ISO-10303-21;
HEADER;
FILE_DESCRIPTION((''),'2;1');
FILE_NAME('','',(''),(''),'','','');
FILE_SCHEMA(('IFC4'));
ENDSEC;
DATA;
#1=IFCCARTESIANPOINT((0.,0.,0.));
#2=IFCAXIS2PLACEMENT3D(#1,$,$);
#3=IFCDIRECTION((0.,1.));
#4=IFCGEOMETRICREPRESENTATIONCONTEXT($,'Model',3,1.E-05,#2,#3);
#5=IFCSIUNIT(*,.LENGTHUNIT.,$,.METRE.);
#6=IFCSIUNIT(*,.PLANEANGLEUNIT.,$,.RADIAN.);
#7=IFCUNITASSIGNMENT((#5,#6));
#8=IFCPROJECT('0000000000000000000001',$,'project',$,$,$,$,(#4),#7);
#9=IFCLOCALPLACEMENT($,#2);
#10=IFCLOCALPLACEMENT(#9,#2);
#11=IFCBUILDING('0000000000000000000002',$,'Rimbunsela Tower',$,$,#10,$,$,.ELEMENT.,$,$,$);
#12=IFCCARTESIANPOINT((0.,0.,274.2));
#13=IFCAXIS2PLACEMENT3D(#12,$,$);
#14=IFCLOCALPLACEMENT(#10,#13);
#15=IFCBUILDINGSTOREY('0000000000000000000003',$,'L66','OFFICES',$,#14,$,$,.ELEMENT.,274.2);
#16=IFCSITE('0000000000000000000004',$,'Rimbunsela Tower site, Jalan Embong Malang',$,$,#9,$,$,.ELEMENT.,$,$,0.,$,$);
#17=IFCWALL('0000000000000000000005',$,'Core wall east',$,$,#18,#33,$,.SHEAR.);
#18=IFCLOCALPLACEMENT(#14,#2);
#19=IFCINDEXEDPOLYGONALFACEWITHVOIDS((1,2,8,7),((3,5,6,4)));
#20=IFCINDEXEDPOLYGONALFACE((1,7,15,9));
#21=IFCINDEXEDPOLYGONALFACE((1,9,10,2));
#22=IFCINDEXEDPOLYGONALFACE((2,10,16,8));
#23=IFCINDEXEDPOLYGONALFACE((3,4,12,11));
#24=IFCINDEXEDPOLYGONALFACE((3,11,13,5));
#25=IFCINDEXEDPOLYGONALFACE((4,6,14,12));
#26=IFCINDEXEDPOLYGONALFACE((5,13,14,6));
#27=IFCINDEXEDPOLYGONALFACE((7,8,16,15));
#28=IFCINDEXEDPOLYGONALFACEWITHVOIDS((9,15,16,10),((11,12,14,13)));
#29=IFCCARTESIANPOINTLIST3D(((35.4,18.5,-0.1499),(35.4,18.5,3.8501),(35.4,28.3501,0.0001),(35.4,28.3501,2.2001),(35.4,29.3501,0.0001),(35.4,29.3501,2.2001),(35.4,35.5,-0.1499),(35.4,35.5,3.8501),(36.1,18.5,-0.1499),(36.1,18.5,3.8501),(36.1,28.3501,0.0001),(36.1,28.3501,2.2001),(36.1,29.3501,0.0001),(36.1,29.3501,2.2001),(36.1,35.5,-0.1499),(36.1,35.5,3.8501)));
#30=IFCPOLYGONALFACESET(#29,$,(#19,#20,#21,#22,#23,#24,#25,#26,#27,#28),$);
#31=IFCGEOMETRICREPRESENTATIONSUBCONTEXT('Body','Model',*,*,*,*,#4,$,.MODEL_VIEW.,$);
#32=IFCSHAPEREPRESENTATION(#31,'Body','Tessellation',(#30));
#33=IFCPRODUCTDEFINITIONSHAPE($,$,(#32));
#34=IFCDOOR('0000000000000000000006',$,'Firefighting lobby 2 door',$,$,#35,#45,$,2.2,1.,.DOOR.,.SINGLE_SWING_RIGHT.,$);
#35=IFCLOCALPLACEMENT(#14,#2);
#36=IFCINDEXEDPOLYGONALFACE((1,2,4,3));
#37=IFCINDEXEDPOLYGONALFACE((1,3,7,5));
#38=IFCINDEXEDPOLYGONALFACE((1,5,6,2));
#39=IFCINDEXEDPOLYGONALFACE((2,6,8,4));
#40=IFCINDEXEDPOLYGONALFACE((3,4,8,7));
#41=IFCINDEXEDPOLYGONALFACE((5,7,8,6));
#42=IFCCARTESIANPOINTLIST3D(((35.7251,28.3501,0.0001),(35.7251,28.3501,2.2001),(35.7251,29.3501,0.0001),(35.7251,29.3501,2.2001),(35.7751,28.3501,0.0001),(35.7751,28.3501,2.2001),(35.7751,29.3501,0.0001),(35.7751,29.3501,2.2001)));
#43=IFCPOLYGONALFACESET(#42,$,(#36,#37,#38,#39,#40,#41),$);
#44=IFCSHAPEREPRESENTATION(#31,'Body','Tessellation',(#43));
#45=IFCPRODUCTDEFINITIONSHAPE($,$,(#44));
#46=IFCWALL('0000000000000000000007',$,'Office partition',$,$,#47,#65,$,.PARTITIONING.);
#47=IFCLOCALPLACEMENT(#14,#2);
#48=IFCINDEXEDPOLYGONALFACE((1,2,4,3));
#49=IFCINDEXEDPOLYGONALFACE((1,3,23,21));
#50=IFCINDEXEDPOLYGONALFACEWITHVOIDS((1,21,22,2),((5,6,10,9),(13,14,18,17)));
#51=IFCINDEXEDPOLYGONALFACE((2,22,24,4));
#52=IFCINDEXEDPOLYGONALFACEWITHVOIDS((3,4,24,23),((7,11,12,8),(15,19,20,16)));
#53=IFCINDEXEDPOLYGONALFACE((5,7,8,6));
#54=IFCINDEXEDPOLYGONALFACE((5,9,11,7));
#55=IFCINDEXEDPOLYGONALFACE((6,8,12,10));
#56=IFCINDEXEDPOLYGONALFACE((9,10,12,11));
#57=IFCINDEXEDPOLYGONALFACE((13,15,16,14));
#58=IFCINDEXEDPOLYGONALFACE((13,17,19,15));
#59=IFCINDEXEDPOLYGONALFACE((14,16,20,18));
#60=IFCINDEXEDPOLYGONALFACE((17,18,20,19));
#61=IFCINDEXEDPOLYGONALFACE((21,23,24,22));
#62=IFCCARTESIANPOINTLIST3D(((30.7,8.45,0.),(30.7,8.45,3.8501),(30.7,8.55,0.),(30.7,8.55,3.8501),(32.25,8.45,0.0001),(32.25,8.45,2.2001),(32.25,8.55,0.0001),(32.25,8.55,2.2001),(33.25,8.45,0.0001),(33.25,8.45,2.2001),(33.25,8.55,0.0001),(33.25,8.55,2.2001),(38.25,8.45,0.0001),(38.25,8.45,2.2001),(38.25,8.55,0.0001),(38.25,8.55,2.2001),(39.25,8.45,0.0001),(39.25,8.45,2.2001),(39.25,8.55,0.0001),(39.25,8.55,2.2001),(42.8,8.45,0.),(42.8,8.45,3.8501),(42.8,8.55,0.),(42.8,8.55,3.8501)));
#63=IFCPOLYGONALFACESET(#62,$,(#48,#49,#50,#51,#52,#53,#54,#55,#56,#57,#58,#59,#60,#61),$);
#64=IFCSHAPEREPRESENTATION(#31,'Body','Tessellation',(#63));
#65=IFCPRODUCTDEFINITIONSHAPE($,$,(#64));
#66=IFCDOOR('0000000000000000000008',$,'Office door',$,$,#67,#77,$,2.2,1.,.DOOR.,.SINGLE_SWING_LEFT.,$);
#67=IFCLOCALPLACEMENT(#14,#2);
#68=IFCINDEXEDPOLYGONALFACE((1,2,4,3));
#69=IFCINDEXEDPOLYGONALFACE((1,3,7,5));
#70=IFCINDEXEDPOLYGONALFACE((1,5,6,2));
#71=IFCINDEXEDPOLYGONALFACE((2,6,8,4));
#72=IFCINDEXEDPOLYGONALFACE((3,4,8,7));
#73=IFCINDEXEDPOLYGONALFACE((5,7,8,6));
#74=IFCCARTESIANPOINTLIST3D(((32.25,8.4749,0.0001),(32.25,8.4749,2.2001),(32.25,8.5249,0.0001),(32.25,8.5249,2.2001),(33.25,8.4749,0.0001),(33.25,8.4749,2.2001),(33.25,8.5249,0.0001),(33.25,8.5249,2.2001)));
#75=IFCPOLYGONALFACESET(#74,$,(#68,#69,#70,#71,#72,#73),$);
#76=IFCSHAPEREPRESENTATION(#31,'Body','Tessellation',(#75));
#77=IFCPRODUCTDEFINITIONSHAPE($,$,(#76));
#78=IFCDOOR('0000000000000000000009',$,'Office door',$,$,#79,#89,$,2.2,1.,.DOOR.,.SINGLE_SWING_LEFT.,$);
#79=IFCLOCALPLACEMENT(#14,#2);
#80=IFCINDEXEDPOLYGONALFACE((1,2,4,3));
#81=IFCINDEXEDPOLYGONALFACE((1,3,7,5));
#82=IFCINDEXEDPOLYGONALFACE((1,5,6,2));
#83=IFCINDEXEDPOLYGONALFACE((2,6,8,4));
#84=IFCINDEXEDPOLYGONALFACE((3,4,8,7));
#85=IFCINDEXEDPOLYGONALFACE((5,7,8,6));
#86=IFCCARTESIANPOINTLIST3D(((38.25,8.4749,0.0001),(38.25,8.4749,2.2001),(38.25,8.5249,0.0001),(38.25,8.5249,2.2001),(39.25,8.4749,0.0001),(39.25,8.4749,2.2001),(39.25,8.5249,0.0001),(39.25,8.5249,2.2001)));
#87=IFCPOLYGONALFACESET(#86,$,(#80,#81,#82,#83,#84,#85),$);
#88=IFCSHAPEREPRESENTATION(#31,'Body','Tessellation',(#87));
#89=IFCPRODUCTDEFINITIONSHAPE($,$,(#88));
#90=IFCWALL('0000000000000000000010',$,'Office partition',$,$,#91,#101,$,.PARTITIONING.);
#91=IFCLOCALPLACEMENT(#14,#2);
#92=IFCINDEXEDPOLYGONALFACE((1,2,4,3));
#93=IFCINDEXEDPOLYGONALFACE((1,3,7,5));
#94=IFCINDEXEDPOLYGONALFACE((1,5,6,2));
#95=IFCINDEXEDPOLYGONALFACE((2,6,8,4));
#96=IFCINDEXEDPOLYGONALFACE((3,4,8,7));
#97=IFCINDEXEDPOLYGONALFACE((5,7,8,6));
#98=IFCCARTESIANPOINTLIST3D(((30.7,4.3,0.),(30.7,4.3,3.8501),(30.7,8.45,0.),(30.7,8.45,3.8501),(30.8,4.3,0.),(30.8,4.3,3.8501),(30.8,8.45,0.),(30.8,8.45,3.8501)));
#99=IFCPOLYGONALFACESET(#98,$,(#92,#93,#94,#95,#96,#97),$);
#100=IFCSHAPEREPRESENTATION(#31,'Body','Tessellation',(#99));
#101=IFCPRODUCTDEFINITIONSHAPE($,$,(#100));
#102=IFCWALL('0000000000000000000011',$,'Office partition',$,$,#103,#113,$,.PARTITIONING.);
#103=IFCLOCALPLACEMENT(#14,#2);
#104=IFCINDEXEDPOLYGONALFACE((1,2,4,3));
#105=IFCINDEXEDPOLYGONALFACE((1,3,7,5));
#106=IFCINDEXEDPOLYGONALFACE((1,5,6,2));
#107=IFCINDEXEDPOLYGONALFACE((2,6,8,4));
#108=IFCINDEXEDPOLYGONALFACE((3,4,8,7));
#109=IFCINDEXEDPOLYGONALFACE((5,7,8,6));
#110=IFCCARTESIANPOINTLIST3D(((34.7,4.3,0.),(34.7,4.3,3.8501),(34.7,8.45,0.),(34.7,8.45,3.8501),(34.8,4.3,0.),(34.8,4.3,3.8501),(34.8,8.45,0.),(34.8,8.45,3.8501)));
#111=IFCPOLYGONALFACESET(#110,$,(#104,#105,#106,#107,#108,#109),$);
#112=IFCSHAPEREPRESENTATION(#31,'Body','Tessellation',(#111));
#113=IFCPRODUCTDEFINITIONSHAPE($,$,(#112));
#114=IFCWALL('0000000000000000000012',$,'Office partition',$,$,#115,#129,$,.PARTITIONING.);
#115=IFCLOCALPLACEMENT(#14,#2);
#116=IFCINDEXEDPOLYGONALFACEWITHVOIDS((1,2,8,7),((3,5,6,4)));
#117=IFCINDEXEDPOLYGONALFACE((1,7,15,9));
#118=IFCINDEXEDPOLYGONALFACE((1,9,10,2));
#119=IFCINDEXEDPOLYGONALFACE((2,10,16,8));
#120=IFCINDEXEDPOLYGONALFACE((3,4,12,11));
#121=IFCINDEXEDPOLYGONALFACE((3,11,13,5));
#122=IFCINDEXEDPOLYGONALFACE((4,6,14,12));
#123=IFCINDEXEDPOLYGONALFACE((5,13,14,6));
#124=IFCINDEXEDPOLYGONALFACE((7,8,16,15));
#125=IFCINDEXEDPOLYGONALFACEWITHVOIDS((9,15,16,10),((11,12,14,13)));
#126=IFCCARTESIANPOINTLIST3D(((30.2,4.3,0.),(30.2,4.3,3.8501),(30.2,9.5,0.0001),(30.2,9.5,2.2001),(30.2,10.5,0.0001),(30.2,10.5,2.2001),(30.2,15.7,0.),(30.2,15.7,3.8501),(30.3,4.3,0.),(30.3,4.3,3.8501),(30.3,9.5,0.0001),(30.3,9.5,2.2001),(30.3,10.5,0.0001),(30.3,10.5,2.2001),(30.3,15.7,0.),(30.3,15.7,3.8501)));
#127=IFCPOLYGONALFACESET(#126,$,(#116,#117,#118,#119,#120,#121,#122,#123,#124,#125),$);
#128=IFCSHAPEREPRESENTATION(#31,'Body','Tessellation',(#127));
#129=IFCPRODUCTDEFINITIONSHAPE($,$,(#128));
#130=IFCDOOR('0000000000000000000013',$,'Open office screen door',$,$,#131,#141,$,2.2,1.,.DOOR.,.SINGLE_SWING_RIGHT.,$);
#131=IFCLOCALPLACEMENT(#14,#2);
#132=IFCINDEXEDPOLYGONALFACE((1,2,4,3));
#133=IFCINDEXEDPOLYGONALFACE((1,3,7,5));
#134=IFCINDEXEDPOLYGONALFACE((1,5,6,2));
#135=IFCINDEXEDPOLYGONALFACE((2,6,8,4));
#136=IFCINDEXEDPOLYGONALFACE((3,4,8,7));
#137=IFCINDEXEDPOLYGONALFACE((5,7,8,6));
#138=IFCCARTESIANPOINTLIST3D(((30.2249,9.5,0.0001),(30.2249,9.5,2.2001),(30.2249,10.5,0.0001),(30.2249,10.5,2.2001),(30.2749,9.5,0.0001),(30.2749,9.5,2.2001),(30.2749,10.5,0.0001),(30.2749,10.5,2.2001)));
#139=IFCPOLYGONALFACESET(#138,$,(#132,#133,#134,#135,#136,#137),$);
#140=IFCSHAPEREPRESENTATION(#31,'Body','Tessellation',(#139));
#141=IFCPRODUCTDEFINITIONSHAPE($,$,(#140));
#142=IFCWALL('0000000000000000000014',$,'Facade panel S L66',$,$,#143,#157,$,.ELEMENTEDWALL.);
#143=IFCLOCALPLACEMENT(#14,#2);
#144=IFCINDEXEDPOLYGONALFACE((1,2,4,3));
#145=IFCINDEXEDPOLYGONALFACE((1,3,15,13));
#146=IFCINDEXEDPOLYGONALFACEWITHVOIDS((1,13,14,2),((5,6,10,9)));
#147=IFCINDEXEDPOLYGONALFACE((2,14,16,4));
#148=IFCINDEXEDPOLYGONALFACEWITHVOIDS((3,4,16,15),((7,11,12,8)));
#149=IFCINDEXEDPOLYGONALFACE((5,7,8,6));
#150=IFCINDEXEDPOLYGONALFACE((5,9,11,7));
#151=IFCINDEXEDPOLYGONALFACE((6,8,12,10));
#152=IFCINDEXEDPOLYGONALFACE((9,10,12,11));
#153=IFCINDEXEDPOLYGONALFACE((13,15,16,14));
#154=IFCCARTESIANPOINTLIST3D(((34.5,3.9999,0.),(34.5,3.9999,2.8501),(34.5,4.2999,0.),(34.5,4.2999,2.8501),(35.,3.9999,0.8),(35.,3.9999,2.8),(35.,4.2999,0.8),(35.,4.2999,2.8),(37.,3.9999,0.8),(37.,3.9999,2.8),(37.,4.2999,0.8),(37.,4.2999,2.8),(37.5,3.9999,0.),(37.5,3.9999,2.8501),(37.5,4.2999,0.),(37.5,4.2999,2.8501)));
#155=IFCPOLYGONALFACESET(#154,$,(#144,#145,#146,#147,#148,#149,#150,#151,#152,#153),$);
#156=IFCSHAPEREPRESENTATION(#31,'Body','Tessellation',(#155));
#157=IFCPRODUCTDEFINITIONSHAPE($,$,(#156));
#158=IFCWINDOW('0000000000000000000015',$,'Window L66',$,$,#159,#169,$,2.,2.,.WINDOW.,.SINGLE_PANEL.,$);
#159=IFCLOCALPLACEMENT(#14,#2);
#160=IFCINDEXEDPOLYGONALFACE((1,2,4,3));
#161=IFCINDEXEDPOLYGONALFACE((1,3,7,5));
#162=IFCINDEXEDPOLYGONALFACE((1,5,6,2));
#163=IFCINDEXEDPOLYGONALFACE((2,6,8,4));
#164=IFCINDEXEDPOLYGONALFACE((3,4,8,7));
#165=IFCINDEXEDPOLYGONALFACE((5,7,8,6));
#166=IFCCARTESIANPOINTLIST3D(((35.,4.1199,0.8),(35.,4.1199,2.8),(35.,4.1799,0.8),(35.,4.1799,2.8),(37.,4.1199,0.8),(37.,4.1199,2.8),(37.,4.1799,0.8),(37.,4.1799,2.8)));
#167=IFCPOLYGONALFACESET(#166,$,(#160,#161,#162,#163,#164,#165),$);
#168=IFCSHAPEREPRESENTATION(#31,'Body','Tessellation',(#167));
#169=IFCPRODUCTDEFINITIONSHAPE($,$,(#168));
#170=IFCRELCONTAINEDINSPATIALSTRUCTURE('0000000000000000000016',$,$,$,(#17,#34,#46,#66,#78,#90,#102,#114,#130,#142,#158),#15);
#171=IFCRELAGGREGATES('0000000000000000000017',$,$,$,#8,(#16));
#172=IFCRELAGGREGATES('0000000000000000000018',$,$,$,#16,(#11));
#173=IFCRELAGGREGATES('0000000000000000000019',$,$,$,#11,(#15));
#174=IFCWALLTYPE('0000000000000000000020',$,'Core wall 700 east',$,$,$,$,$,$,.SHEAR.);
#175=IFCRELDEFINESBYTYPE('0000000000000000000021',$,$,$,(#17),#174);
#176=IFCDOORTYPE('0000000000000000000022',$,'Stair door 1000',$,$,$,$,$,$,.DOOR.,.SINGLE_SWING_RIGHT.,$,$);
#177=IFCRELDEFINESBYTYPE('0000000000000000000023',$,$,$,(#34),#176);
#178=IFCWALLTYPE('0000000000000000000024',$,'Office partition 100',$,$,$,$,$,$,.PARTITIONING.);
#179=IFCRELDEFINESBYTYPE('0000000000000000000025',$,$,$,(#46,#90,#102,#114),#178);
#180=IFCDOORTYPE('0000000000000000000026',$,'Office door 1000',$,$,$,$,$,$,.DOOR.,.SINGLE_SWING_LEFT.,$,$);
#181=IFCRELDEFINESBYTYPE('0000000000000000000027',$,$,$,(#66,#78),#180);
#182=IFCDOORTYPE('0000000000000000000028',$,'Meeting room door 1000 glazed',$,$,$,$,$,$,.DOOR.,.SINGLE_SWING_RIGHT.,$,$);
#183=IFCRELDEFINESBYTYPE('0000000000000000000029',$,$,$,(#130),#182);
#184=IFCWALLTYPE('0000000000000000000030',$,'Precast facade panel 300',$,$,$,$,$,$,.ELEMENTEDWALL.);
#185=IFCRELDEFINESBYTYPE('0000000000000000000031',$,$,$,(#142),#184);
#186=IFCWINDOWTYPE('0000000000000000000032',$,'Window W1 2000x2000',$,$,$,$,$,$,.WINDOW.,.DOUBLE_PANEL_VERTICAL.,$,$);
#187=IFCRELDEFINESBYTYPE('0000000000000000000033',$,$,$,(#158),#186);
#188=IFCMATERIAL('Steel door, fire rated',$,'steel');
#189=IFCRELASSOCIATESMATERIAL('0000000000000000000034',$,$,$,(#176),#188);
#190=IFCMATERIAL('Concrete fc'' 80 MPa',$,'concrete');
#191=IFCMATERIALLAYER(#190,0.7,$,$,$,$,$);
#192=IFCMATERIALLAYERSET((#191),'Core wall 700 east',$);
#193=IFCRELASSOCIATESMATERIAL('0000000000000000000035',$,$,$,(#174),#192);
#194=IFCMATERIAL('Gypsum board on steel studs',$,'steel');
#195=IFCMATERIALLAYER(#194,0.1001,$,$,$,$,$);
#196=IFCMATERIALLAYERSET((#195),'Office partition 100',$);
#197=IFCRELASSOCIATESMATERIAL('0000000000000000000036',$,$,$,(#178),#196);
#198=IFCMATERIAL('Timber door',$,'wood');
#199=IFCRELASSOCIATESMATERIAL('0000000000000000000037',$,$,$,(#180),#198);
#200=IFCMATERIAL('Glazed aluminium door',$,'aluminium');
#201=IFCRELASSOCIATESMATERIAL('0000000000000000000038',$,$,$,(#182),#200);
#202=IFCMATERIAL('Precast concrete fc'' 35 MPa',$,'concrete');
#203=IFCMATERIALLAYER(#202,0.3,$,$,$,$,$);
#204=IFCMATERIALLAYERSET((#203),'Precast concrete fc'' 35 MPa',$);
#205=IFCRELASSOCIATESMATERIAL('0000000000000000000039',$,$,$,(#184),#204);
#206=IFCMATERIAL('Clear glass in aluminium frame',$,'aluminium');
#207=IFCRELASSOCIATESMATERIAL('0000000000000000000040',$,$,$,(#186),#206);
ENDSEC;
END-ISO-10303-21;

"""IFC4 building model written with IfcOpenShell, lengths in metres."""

from ifc_helpers import new_model, si_unit, direction, frame, frame_2d, origin, place, context, subcontext, project, spatial, rectangle, extrude, material, layer, layer_set, type_object, element, fill, save


model = new_model("IFC4")

# Units and contexts
model_context = context("Model", 3, precision=1e-05, world=origin(), true_north=direction((0.0, 1.0)))
body_context = subcontext(model_context, "Body", "Model", "MODEL_VIEW")
ifc_project = project(units=[si_unit("LENGTHUNIT", "METRE"), si_unit("PLANEANGLEUNIT", "RADIAN")], contexts=[model_context])

# Site, building, storey
site_placement = place(None, origin())
site = spatial("IfcSite", under=ifc_project, at=site_placement, Name="Rimbunsela Tower site, Jalan Embong Malang", CompositionType="ELEMENT", RefElevation=0.0)
building_placement = place(site_placement, origin())
building = spatial("IfcBuilding", under=site, at=building_placement, Name="Rimbunsela Tower", CompositionType="ELEMENT")
storey_placement = place(building_placement, frame((0.0, 0.0, 274.2)))
storey = spatial("IfcBuildingStorey", under=building, at=storey_placement, Name="L66", Description="OFFICES", CompositionType="ELEMENT", Elevation=274.2)

# Shared definitions
ifc_material_1 = material(Name="Steel door, fire rated", Category="steel")
door_type_1 = type_object("IfcDoorType", Name="Stair door 1000", OperationType="SINGLE_SWING_RIGHT", PredefinedType="DOOR", material=ifc_material_1)

# Wall, opening, door
ifc_material_2 = material(Name="Concrete fc' 80 MPa", Category="concrete")
ifc_layer_1 = layer(ifc_material_2, 0.7)
ifc_layer_set_1 = layer_set([ifc_layer_1], Name="Core wall 700 east")
wall_type_1 = type_object("IfcWallType", Name="Core wall 700 east", PredefinedType="SHEAR", material=ifc_layer_set_1)
wall_1_placement = place(storey_placement, frame((35.75, 18.5, -0.1499), z_axis=(0.0, 0.0, 1.0), x_axis=(0.0, 1.0, 0.0)))
wall_1 = element("IfcWall", 1, at=wall_1_placement, inside=storey, type_object=wall_type_1, Name="Core wall east", PredefinedType="SHEAR", context=body_context, shape_type="SweptSolid", body=[
    extrude(rectangle(XDim=17.0, YDim=0.7, at=frame_2d((8.5, 0.0))), origin(), (0.0, 0.0, 1.0), 4.0),
])
opening_1_placement = place(wall_1_placement, frame((9.8501, 0.0, 0.1499)))
opening_1 = element("IfcOpeningElement", 2, at=opening_1_placement, cuts=wall_1, PredefinedType="OPENING", context=body_context, shape_type="SweptSolid", body=[
    extrude(rectangle(XDim=1.0, YDim=2.2, at=frame_2d((0.5, 1.1001))), frame((0.0, 0.3599, 0.0), z_axis=(0.0, -1.0, 0.0), x_axis=(1.0, 0.0, 0.0)), (0.0, 0.0, 1.0), 0.72),
])
door_1_placement = place(opening_1_placement, origin())
door_1 = element("IfcDoor", 3, at=door_1_placement, inside=storey, type_object=door_type_1, Name="Firefighting lobby 2 door", OperationType="SINGLE_SWING_RIGHT", OverallHeight=2.2, OverallWidth=1.0, PredefinedType="DOOR", context=body_context, shape_type="SweptSolid", body=[
    extrude(rectangle(XDim=1.0, YDim=2.2, at=frame_2d((0.5, 1.1001))), frame((0.0, 0.0249, 0.0), z_axis=(0.0, -1.0, 0.0), x_axis=(1.0, 0.0, 0.0)), (0.0, 0.0, 1.0), 0.05),
])
fill(opening_1, door_1)

# Wall, openings, doors
ifc_material_3 = material(Name="Gypsum board on steel studs", Category="steel")
ifc_layer_2 = layer(ifc_material_3, 0.1001)
ifc_layer_set_2 = layer_set([ifc_layer_2], Name="Office partition 100")
wall_type_2 = type_object("IfcWallType", Name="Office partition 100", PredefinedType="PARTITIONING", material=ifc_layer_set_2)
wall_2_placement = place(storey_placement, frame((30.7, 8.5, 0.0), z_axis=(0.0, 0.0, 1.0), x_axis=(1.0, 0.0, 0.0)))
wall_2 = element("IfcWall", 4, at=wall_2_placement, inside=storey, type_object=wall_type_2, Name="Office partition", PredefinedType="PARTITIONING", context=body_context, shape_type="SweptSolid", body=[
    extrude(rectangle(XDim=12.1001, YDim=0.1001, at=frame_2d((6.05, 0.0))), origin(), (0.0, 0.0, 1.0), 3.8501),
])
opening_2_placement = place(wall_2_placement, frame((1.55, 0.0, 0.0)))
opening_2 = element("IfcOpeningElement", 5, at=opening_2_placement, cuts=wall_2, PredefinedType="OPENING", context=body_context, shape_type="SweptSolid", body=[
    extrude(rectangle(XDim=1.0, YDim=2.2, at=frame_2d((0.5, 1.1001))), frame((0.0, 0.0601, 0.0), z_axis=(0.0, -1.0, 0.0), x_axis=(1.0, 0.0, 0.0)), (0.0, 0.0, 1.0), 0.1201),
])
opening_3_placement = place(wall_2_placement, frame((7.55, 0.0, 0.0)))
opening_3 = element("IfcOpeningElement", 6, at=opening_3_placement, cuts=wall_2, PredefinedType="OPENING", context=body_context, shape_type="SweptSolid", body=[
    extrude(rectangle(XDim=1.0, YDim=2.2, at=frame_2d((0.5, 1.1001))), frame((0.0, 0.0601, 0.0), z_axis=(0.0, -1.0, 0.0), x_axis=(1.0, 0.0, 0.0)), (0.0, 0.0, 1.0), 0.1201),
])
ifc_material_4 = material(Name="Timber door", Category="wood")
door_type_2 = type_object("IfcDoorType", Name="Office door 1000", OperationType="SINGLE_SWING_LEFT", PredefinedType="DOOR", material=ifc_material_4)
door_2_placement = place(opening_2_placement, origin())
door_2 = element("IfcDoor", 7, at=door_2_placement, inside=storey, type_object=door_type_2, Name="Office door", OperationType="SINGLE_SWING_LEFT", OverallHeight=2.2, OverallWidth=1.0, PredefinedType="DOOR", context=body_context, shape_type="SweptSolid", body=[
    extrude(rectangle(XDim=1.0, YDim=2.2, at=frame_2d((0.5, 1.1001))), frame((0.0, 0.0249, 0.0), z_axis=(0.0, -1.0, 0.0), x_axis=(1.0, 0.0, 0.0)), (0.0, 0.0, 1.0), 0.05),
])
fill(opening_2, door_2)
door_3_placement = place(opening_3_placement, origin())
door_3 = element("IfcDoor", 8, at=door_3_placement, inside=storey, type_object=door_type_2, Name="Office door", OperationType="SINGLE_SWING_LEFT", OverallHeight=2.2, OverallWidth=1.0, PredefinedType="DOOR", context=body_context, shape_type="SweptSolid", body=[
    extrude(rectangle(XDim=1.0, YDim=2.2, at=frame_2d((0.5, 1.1001))), frame((0.0, 0.0249, 0.0), z_axis=(0.0, -1.0, 0.0), x_axis=(1.0, 0.0, 0.0)), (0.0, 0.0, 1.0), 0.05),
])
fill(opening_3, door_3)

# Walls
for number, where, z_axis, x_axis, name in (
    (9, (30.75, 4.3, 0.0), (0.0, 0.0, 1.0), (0.0, 1.0, 0.0), "Office partition"),
    (10, (34.75, 4.3, 0.0), (0.0, 0.0, 1.0), (0.0, 1.0, 0.0), "Office partition"),
):
    element("IfcWall", number, at=place(storey_placement, frame(where, z_axis=z_axis, x_axis=x_axis)), inside=storey, type_object=wall_type_2, Name=name, PredefinedType="PARTITIONING", context=body_context, shape_type="SweptSolid", body=[
        extrude(rectangle(XDim=4.1499, YDim=0.1001, at=frame_2d((2.075, 0.0))), origin(), (0.0, 0.0, 1.0), 3.8501),
    ])

# Wall, opening, door
wall_3_placement = place(storey_placement, frame((30.25, 15.7, 0.0), z_axis=(0.0, 0.0, 1.0), x_axis=(0.0, -1.0, 0.0)))
wall_3 = element("IfcWall", 11, at=wall_3_placement, inside=storey, type_object=wall_type_2, Name="Office partition", PredefinedType="PARTITIONING", context=body_context, shape_type="SweptSolid", body=[
    extrude(rectangle(XDim=11.3999, YDim=0.1001, at=frame_2d((5.7, 0.0))), origin(), (0.0, 0.0, 1.0), 3.8501),
])
opening_4_placement = place(wall_3_placement, frame((5.2, 0.0, 0.0)))
opening_4 = element("IfcOpeningElement", 12, at=opening_4_placement, cuts=wall_3, PredefinedType="OPENING", context=body_context, shape_type="SweptSolid", body=[
    extrude(rectangle(XDim=1.0, YDim=2.2, at=frame_2d((0.5, 1.1001))), frame((0.0, 0.0601, 0.0), z_axis=(0.0, -1.0, 0.0), x_axis=(1.0, 0.0, 0.0)), (0.0, 0.0, 1.0), 0.1201),
])
ifc_material_5 = material(Name="Glazed aluminium door", Category="aluminium")
door_type_3 = type_object("IfcDoorType", Name="Meeting room door 1000 glazed", OperationType="SINGLE_SWING_RIGHT", PredefinedType="DOOR", material=ifc_material_5)
door_4_placement = place(opening_4_placement, origin())
door_4 = element("IfcDoor", 13, at=door_4_placement, inside=storey, type_object=door_type_3, Name="Open office screen door", OperationType="SINGLE_SWING_RIGHT", OverallHeight=2.2, OverallWidth=1.0, PredefinedType="DOOR", context=body_context, shape_type="SweptSolid", body=[
    extrude(rectangle(XDim=1.0, YDim=2.2, at=frame_2d((0.5, 1.1001))), frame((0.0, 0.0249, 0.0), z_axis=(0.0, -1.0, 0.0), x_axis=(1.0, 0.0, 0.0)), (0.0, 0.0, 1.0), 0.05),
])
fill(opening_4, door_4)

# Wall, opening, window
ifc_material_6 = material(Name="Precast concrete fc' 35 MPa", Category="concrete")
ifc_layer_3 = layer(ifc_material_6, 0.3)
ifc_layer_set_3 = layer_set([ifc_layer_3], Name="Precast concrete fc' 35 MPa")
wall_type_3 = type_object("IfcWallType", Name="Precast facade panel 300", PredefinedType="ELEMENTEDWALL", material=ifc_layer_set_3)
wall_4_placement = place(storey_placement, frame((34.5, 4.1499, 0.0), z_axis=(0.0, 0.0, 1.0), x_axis=(1.0, 0.0, 0.0)))
wall_4 = element("IfcWall", 14, at=wall_4_placement, inside=storey, type_object=wall_type_3, Name="Facade panel S L66", PredefinedType="ELEMENTEDWALL", context=body_context, shape_type="SweptSolid", body=[
    extrude(rectangle(XDim=3.0, YDim=0.3, at=frame_2d((1.5, 0.0))), origin(), (0.0, 0.0, 1.0), 2.8501),
])
opening_5_placement = place(wall_4_placement, frame((0.5, 0.0, 0.8)))
opening_5 = element("IfcOpeningElement", 15, at=opening_5_placement, cuts=wall_4, PredefinedType="OPENING", context=body_context, shape_type="SweptSolid", body=[
    extrude(rectangle(XDim=2.0, YDim=2.0, at=frame_2d((1.0, 1.0))), frame((0.0, 0.1599, 0.0), z_axis=(0.0, -1.0, 0.0), x_axis=(1.0, 0.0, 0.0)), (0.0, 0.0, 1.0), 0.3201),
])
ifc_material_7 = material(Name="Clear glass in aluminium frame", Category="aluminium")
window_type = type_object("IfcWindowType", Name="Window W1 2000x2000", PartitioningType="DOUBLE_PANEL_VERTICAL", PredefinedType="WINDOW", material=ifc_material_7)
window_placement = place(opening_5_placement, origin())
window = element("IfcWindow", 16, at=window_placement, inside=storey, type_object=window_type, Name="Window L66", OverallHeight=2.0, OverallWidth=2.0, PartitioningType="SINGLE_PANEL", PredefinedType="WINDOW", context=body_context, shape_type="SweptSolid", body=[
    extrude(rectangle(XDim=2.0, YDim=2.0, at=frame_2d((1.0, 1.0))), frame((0.0, 0.03, 0.0), z_axis=(0.0, -1.0, 0.0), x_axis=(1.0, 0.0, 0.0)), (0.0, 0.0, 1.0), 0.0601),
])
fill(opening_5, window)

save(model, "model.ifc")
